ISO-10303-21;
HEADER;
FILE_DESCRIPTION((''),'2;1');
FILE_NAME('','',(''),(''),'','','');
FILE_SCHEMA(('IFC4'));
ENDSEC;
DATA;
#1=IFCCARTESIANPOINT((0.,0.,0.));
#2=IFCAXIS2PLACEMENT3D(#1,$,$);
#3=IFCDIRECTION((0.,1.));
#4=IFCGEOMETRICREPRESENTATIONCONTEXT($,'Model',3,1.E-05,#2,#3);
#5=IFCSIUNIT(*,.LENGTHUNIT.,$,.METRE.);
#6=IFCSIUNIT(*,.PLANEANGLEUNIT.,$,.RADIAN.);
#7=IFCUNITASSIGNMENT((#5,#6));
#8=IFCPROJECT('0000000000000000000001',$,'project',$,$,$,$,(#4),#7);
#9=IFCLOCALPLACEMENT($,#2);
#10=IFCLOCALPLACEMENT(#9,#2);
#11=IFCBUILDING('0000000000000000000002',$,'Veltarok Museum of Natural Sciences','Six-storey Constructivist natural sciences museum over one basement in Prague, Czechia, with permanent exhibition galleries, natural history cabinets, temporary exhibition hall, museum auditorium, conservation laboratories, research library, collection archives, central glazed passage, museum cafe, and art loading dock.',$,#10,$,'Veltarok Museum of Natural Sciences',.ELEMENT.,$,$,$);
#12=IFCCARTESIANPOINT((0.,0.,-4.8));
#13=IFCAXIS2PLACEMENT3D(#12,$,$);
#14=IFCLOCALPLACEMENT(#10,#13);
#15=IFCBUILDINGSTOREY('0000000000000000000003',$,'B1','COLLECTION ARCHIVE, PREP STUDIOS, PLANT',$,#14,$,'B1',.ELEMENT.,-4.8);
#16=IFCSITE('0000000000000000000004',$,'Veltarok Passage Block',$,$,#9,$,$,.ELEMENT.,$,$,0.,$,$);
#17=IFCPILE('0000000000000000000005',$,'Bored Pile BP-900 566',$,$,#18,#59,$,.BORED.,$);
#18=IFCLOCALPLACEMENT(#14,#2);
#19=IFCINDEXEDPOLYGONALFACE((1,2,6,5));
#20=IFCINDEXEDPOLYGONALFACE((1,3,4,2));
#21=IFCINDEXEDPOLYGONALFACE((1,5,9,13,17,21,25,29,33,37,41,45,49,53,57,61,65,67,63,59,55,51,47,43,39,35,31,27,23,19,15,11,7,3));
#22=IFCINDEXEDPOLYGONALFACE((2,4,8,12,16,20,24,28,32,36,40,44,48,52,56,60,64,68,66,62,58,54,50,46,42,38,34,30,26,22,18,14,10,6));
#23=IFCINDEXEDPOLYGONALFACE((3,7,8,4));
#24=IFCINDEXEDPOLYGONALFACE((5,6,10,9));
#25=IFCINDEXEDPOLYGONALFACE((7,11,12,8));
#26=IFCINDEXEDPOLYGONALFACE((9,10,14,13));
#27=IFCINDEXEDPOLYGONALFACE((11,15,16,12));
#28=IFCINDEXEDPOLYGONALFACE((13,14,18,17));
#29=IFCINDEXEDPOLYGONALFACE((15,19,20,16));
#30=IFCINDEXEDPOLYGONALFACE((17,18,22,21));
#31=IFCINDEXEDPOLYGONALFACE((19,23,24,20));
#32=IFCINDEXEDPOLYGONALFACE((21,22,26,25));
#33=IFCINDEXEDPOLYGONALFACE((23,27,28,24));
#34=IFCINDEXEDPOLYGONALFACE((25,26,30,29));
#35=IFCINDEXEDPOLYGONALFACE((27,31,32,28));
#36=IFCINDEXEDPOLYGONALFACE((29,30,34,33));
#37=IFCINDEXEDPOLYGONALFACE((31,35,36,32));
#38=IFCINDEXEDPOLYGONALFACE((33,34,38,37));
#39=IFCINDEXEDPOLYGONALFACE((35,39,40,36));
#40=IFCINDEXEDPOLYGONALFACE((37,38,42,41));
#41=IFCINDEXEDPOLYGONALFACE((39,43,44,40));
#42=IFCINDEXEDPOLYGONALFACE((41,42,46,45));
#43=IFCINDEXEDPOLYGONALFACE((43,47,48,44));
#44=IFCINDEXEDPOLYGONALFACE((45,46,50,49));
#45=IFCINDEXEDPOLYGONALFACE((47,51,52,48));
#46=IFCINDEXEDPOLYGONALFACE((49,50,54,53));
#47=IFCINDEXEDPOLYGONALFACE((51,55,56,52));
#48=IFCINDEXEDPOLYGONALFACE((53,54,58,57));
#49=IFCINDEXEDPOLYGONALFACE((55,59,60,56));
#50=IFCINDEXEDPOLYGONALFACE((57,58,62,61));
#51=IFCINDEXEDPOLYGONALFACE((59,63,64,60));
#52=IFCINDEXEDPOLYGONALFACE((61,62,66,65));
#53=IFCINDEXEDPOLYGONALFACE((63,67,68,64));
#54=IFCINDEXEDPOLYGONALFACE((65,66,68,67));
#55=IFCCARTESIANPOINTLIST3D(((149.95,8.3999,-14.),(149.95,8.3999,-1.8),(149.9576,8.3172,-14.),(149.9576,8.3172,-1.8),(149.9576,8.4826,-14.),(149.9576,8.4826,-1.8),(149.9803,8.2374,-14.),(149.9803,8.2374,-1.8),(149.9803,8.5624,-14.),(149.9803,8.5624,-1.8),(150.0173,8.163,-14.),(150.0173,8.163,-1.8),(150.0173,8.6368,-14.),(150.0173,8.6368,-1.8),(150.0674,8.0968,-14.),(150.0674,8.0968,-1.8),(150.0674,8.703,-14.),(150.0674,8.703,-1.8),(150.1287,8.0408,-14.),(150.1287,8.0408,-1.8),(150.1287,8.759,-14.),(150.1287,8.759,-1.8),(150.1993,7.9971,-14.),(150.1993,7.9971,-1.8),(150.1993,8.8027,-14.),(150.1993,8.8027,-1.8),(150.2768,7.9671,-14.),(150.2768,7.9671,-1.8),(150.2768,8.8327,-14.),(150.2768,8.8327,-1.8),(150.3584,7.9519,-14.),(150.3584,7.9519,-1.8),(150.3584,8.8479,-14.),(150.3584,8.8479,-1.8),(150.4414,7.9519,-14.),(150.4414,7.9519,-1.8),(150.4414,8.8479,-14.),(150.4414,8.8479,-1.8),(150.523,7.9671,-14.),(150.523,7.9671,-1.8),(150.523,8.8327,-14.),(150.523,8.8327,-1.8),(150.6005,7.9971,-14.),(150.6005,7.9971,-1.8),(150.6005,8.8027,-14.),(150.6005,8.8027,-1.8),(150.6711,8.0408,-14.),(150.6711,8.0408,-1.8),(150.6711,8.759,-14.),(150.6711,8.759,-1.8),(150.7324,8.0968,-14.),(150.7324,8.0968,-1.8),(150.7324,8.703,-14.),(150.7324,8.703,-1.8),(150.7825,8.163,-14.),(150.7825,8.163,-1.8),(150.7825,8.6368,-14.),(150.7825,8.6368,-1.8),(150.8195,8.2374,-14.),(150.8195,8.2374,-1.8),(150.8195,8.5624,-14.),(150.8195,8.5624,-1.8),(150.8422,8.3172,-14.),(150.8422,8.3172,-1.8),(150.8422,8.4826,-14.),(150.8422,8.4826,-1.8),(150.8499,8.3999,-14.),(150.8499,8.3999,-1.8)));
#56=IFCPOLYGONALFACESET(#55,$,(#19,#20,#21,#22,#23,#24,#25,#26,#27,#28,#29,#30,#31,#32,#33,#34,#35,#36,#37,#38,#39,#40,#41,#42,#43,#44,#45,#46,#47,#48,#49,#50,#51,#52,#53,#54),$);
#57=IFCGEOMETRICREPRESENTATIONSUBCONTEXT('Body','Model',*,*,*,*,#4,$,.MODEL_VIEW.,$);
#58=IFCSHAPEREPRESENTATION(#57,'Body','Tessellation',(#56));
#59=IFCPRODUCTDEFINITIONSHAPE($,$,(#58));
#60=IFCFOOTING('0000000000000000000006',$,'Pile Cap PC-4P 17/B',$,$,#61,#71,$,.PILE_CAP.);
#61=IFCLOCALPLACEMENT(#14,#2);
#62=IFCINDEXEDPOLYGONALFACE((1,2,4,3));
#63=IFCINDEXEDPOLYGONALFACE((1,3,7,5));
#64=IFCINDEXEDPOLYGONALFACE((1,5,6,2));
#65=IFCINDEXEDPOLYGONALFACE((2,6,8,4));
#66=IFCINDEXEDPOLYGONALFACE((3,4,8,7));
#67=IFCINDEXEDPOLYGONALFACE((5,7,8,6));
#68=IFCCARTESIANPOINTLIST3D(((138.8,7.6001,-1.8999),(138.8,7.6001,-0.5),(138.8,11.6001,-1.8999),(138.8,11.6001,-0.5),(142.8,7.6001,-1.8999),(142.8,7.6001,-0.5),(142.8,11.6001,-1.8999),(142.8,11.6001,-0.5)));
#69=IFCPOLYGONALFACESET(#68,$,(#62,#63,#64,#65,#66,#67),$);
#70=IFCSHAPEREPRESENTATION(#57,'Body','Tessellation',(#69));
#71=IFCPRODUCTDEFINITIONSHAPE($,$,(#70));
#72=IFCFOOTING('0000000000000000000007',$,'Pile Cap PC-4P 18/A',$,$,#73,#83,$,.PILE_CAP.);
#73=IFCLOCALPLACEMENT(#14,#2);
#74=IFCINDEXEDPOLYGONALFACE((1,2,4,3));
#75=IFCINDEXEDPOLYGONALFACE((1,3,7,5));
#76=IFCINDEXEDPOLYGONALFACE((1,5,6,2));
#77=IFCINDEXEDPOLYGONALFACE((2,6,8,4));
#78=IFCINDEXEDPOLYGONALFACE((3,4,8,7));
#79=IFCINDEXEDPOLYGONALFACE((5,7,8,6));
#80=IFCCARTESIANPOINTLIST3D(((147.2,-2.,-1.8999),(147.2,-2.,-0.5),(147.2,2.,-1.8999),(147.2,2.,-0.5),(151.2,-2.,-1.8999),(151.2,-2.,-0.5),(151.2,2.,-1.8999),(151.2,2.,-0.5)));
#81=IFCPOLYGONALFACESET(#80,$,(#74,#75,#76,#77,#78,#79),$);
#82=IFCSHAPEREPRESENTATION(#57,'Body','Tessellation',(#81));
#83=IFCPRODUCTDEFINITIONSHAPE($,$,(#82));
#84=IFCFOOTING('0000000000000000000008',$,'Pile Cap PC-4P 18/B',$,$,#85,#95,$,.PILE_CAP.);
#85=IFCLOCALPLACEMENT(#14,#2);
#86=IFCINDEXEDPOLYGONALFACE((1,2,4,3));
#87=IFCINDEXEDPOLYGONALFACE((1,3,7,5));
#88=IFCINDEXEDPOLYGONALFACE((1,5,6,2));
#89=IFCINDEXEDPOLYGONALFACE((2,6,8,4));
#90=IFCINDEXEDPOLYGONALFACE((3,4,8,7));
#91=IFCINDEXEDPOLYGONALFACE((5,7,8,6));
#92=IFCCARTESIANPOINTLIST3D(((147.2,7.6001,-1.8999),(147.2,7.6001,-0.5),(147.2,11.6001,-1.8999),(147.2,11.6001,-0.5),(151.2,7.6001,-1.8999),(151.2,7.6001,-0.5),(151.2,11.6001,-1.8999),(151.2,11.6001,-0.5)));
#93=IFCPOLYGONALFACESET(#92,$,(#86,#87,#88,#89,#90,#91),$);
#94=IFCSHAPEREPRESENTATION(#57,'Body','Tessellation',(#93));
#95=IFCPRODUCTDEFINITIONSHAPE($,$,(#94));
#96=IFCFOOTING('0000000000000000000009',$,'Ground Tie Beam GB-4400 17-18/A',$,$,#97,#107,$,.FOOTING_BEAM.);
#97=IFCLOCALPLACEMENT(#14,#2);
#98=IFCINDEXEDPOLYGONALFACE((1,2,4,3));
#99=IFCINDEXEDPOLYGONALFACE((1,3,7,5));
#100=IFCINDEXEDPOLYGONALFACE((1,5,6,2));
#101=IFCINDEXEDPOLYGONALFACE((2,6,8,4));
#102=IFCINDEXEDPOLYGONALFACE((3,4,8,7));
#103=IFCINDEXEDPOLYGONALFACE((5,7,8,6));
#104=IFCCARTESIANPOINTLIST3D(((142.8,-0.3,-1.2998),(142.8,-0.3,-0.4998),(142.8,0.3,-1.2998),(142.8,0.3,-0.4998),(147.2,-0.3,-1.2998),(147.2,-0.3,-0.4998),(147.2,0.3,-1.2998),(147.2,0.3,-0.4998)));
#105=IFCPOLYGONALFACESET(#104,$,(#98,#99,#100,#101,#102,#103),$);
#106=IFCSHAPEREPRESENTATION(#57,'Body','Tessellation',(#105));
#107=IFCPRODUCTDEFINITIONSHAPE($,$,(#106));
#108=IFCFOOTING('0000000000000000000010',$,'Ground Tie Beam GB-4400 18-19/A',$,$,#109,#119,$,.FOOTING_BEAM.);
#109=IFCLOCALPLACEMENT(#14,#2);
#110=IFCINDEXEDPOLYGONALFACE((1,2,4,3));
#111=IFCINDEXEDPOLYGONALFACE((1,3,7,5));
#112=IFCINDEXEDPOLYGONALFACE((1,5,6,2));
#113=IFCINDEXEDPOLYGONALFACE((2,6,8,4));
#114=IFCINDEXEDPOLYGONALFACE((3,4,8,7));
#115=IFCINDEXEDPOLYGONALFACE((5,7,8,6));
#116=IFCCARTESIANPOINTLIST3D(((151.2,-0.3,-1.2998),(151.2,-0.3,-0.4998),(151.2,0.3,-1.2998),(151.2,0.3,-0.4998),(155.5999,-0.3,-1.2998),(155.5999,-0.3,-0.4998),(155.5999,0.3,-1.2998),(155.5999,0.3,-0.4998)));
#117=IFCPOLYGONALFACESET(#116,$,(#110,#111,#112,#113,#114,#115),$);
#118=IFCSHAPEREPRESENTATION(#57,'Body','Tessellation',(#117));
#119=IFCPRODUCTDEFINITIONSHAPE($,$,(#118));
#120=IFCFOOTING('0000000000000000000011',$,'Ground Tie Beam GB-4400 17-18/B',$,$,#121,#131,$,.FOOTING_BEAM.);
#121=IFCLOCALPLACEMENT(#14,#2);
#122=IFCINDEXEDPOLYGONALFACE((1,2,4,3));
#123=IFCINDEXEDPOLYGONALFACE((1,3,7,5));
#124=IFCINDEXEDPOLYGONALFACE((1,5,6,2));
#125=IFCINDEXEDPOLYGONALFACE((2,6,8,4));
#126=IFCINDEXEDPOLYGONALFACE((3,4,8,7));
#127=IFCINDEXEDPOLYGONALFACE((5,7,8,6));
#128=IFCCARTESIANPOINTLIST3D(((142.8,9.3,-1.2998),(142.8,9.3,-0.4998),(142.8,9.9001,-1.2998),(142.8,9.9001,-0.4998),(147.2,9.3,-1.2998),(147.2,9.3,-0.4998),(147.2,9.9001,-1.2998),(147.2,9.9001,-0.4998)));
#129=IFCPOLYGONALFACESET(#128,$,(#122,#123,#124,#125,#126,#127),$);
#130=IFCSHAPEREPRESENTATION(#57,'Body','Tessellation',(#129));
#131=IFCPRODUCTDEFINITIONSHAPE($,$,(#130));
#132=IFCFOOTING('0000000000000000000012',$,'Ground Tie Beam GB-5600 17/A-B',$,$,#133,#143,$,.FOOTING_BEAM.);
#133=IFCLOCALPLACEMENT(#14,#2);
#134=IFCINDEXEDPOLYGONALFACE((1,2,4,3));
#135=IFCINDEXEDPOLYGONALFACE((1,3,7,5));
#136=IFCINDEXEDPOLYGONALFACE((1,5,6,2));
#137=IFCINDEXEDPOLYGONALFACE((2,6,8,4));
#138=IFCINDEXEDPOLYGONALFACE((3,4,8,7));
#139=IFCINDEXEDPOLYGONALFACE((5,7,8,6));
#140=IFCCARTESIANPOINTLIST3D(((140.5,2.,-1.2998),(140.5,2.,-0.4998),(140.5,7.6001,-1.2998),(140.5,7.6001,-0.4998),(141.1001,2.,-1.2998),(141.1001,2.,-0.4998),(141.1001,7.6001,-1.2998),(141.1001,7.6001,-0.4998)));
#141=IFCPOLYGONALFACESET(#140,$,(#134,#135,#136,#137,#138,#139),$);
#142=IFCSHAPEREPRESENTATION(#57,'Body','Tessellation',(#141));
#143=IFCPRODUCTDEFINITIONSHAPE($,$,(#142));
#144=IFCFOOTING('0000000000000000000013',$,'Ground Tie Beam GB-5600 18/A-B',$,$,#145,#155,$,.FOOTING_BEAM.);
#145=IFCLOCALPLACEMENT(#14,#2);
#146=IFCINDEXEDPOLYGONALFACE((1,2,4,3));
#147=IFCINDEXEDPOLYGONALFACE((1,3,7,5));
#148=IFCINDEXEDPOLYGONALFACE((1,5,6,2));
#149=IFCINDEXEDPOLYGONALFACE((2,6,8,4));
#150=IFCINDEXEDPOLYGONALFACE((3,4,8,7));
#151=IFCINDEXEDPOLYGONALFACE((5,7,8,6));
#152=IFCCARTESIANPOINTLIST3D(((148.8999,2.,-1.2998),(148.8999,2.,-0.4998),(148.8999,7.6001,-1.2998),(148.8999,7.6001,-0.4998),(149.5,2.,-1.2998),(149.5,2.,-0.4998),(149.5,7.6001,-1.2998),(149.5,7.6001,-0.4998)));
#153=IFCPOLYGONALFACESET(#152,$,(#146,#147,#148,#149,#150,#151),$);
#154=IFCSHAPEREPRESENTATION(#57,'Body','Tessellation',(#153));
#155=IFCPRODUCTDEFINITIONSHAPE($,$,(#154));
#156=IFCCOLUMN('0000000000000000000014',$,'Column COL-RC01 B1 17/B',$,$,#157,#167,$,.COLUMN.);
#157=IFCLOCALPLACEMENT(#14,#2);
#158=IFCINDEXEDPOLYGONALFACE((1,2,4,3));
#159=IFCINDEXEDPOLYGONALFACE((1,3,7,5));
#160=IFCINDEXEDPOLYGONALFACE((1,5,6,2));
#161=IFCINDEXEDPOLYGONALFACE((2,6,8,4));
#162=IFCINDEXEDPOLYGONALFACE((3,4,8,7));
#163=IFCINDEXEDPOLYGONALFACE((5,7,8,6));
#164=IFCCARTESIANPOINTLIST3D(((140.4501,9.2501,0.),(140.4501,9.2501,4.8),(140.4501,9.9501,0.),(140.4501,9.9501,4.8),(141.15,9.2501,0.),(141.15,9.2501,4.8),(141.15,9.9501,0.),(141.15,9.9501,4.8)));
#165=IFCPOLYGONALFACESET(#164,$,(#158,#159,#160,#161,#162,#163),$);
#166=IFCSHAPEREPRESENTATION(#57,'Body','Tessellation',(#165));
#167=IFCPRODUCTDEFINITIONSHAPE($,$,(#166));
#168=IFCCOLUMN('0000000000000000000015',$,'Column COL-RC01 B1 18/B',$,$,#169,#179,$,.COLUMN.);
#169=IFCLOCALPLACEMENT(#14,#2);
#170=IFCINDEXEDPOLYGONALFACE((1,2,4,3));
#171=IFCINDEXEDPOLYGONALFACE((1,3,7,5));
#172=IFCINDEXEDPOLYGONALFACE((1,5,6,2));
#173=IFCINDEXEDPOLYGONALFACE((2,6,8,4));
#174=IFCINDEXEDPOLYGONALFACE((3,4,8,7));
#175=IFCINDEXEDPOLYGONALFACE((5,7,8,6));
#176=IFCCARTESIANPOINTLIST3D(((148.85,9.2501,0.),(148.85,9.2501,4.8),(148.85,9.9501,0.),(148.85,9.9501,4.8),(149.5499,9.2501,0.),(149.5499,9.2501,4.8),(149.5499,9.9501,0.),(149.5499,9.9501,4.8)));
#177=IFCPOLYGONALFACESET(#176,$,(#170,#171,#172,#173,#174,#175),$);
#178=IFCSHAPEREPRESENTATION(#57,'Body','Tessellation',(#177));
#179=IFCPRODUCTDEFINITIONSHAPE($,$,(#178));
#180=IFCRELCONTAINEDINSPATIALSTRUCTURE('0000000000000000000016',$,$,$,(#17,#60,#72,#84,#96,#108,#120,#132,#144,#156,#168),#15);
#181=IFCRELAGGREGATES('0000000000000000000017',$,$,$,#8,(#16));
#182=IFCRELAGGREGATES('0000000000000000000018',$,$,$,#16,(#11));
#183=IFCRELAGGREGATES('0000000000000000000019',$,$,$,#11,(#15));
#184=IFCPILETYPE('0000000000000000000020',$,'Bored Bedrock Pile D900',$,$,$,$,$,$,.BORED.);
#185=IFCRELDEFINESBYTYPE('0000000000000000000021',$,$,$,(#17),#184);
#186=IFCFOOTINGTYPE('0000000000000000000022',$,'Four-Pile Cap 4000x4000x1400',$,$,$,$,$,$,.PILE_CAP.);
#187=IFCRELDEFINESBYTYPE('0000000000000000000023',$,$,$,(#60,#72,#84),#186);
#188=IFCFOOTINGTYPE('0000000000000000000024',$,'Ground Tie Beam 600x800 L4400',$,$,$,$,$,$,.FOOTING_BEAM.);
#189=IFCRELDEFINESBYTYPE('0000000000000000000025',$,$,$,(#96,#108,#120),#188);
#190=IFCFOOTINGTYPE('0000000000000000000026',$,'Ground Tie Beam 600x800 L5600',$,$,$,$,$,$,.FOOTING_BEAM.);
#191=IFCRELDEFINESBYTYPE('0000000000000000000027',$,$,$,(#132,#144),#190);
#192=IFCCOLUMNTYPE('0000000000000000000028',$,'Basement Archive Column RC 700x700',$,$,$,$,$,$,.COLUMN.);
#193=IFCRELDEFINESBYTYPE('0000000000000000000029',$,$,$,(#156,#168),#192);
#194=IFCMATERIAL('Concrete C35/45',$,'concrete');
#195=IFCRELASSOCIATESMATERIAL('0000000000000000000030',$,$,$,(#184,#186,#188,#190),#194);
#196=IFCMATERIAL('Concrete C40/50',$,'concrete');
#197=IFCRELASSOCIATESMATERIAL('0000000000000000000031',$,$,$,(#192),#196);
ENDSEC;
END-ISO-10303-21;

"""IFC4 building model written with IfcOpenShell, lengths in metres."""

from ifc_helpers import new_model, si_unit, direction, frame, origin, origin_2d, place, context, subcontext, project, spatial, rectangle, circle, extrude, material, material_profile, profile_set, type_object, element, save


model = new_model("IFC4")

# Units and contexts
model_context = context("Model", 3, precision=1e-05, world=origin(), true_north=direction((0.0, 1.0)))
body_context = subcontext(model_context, "Body", "Model", "MODEL_VIEW")
ifc_project = project(units=[si_unit("LENGTHUNIT", "METRE"), si_unit("PLANEANGLEUNIT", "RADIAN")], contexts=[model_context])

# Site, building, storey
site_placement = place(None, origin())
site = spatial("IfcSite", under=ifc_project, at=site_placement, Name="Veltarok Passage Block", CompositionType="ELEMENT", RefElevation=0.0)
building_placement = place(site_placement, origin())
building = spatial("IfcBuilding", under=site, at=building_placement, Name="Veltarok Museum of Natural Sciences", Description="Six-storey Constructivist natural sciences museum over one basement in Prague, Czechia, with permanent exhibition galleries, natural history cabinets, temporary exhibition hall, museum auditorium, conservation laboratories, research library, collection archives, central glazed passage, museum cafe, and art loading dock.", LongName="Veltarok Museum of Natural Sciences", CompositionType="ELEMENT")
storey_placement = place(building_placement, frame((0.0, 0.0, -4.8)))
storey = spatial("IfcBuildingStorey", under=building, at=storey_placement, Name="B1", Description="COLLECTION ARCHIVE, PREP STUDIOS, PLANT", LongName="B1", CompositionType="ELEMENT", Elevation=-4.8)

# Pile
ifc_material_1 = material(Name="Concrete C35/45", Category="concrete")
ifc_material_profile_1 = material_profile(ifc_material_1, circle(Radius=0.45, at=origin_2d()), Name="BP D900")
ifc_profile_set_1 = profile_set([ifc_material_profile_1], Name="Concrete C35/45")
pile_type = type_object("IfcPileType", Name="Bored Bedrock Pile D900", PredefinedType="BORED", material=ifc_profile_set_1)
for number, where, z_axis, x_axis, name in (
    (1, (150.3999, 8.3999, -1.8), (0.0, 0.0, -1.0), (1.0, 0.0, 0.0), "Bored Pile BP-900 566"),
):
    element("IfcPile", number, at=place(storey_placement, frame(where, z_axis=z_axis, x_axis=x_axis)), inside=storey, type_object=pile_type, Name=name, PredefinedType="BORED", context=body_context, shape_type="SweptSolid", body=[
        extrude(circle(Radius=0.45, at=origin_2d()), origin(), (0.0, 0.0, 1.0), 12.2),
    ])

# Footings
footing_type_1 = type_object("IfcFootingType", Name="Four-Pile Cap 4000x4000x1400", PredefinedType="PILE_CAP", material=ifc_material_1)
for number, where, z_axis, x_axis, name in (
    (2, (140.8, 9.6001, -1.8999), (0.0, 0.0, 1.0), (1.0, 0.0, 0.0), "Pile Cap PC-4P 17/B"),
    (3, (149.2, 0.0, -1.8999), (0.0, 0.0, 1.0), (1.0, 0.0, 0.0), "Pile Cap PC-4P 18/A"),
    (4, (149.2, 9.6001, -1.8999), (0.0, 0.0, 1.0), (1.0, 0.0, 0.0), "Pile Cap PC-4P 18/B"),
):
    element("IfcFooting", number, at=place(storey_placement, frame(where, z_axis=z_axis, x_axis=x_axis)), inside=storey, type_object=footing_type_1, Name=name, PredefinedType="PILE_CAP", context=body_context, shape_type="SweptSolid", body=[
        extrude(rectangle(XDim=4.0, YDim=4.0, at=origin_2d()), origin(), (0.0, 0.0, 1.0), 1.3999),
    ])
footing_type_2 = type_object("IfcFootingType", Name="Ground Tie Beam 600x800 L4400", PredefinedType="FOOTING_BEAM", material=ifc_material_1)
for number, where, z_axis, x_axis, name in (
    (5, (145.0, 0.0, -1.2998), (0.0, 0.0, 1.0), (1.0, 0.0, 0.0), "Ground Tie Beam GB-4400 17-18/A"),
    (6, (153.3999, 0.0, -1.2998), (0.0, 0.0, 1.0), (1.0, 0.0, 0.0), "Ground Tie Beam GB-4400 18-19/A"),
    (7, (145.0, 9.6001, -1.2998), (0.0, 0.0, 1.0), (1.0, 0.0, 0.0), "Ground Tie Beam GB-4400 17-18/B"),
):
    element("IfcFooting", number, at=place(storey_placement, frame(where, z_axis=z_axis, x_axis=x_axis)), inside=storey, type_object=footing_type_2, Name=name, PredefinedType="FOOTING_BEAM", context=body_context, shape_type="SweptSolid", body=[
        extrude(rectangle(XDim=4.3999, YDim=0.6001, at=origin_2d()), origin(), (0.0, 0.0, 1.0), 0.8),
    ])
footing_type_3 = type_object("IfcFootingType", Name="Ground Tie Beam 600x800 L5600", PredefinedType="FOOTING_BEAM", material=ifc_material_1)
for number, where, z_axis, x_axis, name in (
    (8, (140.8, 4.8, -1.2998), (0.0, 0.0, 1.0), (0.0, 1.0, 0.0), "Ground Tie Beam GB-5600 17/A-B"),
    (9, (149.2, 4.8, -1.2998), (0.0, 0.0, 1.0), (0.0, 1.0, 0.0), "Ground Tie Beam GB-5600 18/A-B"),
):
    element("IfcFooting", number, at=place(storey_placement, frame(where, z_axis=z_axis, x_axis=x_axis)), inside=storey, type_object=footing_type_3, Name=name, PredefinedType="FOOTING_BEAM", context=body_context, shape_type="SweptSolid", body=[
        extrude(rectangle(XDim=5.6001, YDim=0.6001, at=origin_2d()), origin(), (0.0, 0.0, 1.0), 0.8),
    ])

# Columns
ifc_material_2 = material(Name="Concrete C40/50", Category="concrete")
ifc_material_profile_2 = material_profile(ifc_material_2, rectangle(XDim=0.7, YDim=0.7, at=origin_2d()), Name="RC 700x700")
ifc_profile_set_2 = profile_set([ifc_material_profile_2], Name="Concrete C40/50")
column_type_1 = type_object("IfcColumnType", Name="Basement Archive Column RC 700x700", PredefinedType="COLUMN", material=ifc_profile_set_2)
for number, where, z_axis, x_axis, name in (
    (10, (140.8, 9.6001, 0.0), (0.0, 0.0, 1.0), (1.0, 0.0, 0.0), "Column COL-RC01 B1 17/B"),
    (11, (149.2, 9.6001, 0.0), (0.0, 0.0, 1.0), (1.0, 0.0, 0.0), "Column COL-RC01 B1 18/B"),
):
    element("IfcColumn", number, at=place(storey_placement, frame(where, z_axis=z_axis, x_axis=x_axis)), inside=storey, type_object=column_type_1, Name=name, PredefinedType="COLUMN", context=body_context, shape_type="SweptSolid", body=[
        extrude(rectangle(XDim=0.7, YDim=0.7, at=origin_2d()), origin(), (0.0, 0.0, 1.0), 4.8),
    ])

save(model, "model.ifc")
